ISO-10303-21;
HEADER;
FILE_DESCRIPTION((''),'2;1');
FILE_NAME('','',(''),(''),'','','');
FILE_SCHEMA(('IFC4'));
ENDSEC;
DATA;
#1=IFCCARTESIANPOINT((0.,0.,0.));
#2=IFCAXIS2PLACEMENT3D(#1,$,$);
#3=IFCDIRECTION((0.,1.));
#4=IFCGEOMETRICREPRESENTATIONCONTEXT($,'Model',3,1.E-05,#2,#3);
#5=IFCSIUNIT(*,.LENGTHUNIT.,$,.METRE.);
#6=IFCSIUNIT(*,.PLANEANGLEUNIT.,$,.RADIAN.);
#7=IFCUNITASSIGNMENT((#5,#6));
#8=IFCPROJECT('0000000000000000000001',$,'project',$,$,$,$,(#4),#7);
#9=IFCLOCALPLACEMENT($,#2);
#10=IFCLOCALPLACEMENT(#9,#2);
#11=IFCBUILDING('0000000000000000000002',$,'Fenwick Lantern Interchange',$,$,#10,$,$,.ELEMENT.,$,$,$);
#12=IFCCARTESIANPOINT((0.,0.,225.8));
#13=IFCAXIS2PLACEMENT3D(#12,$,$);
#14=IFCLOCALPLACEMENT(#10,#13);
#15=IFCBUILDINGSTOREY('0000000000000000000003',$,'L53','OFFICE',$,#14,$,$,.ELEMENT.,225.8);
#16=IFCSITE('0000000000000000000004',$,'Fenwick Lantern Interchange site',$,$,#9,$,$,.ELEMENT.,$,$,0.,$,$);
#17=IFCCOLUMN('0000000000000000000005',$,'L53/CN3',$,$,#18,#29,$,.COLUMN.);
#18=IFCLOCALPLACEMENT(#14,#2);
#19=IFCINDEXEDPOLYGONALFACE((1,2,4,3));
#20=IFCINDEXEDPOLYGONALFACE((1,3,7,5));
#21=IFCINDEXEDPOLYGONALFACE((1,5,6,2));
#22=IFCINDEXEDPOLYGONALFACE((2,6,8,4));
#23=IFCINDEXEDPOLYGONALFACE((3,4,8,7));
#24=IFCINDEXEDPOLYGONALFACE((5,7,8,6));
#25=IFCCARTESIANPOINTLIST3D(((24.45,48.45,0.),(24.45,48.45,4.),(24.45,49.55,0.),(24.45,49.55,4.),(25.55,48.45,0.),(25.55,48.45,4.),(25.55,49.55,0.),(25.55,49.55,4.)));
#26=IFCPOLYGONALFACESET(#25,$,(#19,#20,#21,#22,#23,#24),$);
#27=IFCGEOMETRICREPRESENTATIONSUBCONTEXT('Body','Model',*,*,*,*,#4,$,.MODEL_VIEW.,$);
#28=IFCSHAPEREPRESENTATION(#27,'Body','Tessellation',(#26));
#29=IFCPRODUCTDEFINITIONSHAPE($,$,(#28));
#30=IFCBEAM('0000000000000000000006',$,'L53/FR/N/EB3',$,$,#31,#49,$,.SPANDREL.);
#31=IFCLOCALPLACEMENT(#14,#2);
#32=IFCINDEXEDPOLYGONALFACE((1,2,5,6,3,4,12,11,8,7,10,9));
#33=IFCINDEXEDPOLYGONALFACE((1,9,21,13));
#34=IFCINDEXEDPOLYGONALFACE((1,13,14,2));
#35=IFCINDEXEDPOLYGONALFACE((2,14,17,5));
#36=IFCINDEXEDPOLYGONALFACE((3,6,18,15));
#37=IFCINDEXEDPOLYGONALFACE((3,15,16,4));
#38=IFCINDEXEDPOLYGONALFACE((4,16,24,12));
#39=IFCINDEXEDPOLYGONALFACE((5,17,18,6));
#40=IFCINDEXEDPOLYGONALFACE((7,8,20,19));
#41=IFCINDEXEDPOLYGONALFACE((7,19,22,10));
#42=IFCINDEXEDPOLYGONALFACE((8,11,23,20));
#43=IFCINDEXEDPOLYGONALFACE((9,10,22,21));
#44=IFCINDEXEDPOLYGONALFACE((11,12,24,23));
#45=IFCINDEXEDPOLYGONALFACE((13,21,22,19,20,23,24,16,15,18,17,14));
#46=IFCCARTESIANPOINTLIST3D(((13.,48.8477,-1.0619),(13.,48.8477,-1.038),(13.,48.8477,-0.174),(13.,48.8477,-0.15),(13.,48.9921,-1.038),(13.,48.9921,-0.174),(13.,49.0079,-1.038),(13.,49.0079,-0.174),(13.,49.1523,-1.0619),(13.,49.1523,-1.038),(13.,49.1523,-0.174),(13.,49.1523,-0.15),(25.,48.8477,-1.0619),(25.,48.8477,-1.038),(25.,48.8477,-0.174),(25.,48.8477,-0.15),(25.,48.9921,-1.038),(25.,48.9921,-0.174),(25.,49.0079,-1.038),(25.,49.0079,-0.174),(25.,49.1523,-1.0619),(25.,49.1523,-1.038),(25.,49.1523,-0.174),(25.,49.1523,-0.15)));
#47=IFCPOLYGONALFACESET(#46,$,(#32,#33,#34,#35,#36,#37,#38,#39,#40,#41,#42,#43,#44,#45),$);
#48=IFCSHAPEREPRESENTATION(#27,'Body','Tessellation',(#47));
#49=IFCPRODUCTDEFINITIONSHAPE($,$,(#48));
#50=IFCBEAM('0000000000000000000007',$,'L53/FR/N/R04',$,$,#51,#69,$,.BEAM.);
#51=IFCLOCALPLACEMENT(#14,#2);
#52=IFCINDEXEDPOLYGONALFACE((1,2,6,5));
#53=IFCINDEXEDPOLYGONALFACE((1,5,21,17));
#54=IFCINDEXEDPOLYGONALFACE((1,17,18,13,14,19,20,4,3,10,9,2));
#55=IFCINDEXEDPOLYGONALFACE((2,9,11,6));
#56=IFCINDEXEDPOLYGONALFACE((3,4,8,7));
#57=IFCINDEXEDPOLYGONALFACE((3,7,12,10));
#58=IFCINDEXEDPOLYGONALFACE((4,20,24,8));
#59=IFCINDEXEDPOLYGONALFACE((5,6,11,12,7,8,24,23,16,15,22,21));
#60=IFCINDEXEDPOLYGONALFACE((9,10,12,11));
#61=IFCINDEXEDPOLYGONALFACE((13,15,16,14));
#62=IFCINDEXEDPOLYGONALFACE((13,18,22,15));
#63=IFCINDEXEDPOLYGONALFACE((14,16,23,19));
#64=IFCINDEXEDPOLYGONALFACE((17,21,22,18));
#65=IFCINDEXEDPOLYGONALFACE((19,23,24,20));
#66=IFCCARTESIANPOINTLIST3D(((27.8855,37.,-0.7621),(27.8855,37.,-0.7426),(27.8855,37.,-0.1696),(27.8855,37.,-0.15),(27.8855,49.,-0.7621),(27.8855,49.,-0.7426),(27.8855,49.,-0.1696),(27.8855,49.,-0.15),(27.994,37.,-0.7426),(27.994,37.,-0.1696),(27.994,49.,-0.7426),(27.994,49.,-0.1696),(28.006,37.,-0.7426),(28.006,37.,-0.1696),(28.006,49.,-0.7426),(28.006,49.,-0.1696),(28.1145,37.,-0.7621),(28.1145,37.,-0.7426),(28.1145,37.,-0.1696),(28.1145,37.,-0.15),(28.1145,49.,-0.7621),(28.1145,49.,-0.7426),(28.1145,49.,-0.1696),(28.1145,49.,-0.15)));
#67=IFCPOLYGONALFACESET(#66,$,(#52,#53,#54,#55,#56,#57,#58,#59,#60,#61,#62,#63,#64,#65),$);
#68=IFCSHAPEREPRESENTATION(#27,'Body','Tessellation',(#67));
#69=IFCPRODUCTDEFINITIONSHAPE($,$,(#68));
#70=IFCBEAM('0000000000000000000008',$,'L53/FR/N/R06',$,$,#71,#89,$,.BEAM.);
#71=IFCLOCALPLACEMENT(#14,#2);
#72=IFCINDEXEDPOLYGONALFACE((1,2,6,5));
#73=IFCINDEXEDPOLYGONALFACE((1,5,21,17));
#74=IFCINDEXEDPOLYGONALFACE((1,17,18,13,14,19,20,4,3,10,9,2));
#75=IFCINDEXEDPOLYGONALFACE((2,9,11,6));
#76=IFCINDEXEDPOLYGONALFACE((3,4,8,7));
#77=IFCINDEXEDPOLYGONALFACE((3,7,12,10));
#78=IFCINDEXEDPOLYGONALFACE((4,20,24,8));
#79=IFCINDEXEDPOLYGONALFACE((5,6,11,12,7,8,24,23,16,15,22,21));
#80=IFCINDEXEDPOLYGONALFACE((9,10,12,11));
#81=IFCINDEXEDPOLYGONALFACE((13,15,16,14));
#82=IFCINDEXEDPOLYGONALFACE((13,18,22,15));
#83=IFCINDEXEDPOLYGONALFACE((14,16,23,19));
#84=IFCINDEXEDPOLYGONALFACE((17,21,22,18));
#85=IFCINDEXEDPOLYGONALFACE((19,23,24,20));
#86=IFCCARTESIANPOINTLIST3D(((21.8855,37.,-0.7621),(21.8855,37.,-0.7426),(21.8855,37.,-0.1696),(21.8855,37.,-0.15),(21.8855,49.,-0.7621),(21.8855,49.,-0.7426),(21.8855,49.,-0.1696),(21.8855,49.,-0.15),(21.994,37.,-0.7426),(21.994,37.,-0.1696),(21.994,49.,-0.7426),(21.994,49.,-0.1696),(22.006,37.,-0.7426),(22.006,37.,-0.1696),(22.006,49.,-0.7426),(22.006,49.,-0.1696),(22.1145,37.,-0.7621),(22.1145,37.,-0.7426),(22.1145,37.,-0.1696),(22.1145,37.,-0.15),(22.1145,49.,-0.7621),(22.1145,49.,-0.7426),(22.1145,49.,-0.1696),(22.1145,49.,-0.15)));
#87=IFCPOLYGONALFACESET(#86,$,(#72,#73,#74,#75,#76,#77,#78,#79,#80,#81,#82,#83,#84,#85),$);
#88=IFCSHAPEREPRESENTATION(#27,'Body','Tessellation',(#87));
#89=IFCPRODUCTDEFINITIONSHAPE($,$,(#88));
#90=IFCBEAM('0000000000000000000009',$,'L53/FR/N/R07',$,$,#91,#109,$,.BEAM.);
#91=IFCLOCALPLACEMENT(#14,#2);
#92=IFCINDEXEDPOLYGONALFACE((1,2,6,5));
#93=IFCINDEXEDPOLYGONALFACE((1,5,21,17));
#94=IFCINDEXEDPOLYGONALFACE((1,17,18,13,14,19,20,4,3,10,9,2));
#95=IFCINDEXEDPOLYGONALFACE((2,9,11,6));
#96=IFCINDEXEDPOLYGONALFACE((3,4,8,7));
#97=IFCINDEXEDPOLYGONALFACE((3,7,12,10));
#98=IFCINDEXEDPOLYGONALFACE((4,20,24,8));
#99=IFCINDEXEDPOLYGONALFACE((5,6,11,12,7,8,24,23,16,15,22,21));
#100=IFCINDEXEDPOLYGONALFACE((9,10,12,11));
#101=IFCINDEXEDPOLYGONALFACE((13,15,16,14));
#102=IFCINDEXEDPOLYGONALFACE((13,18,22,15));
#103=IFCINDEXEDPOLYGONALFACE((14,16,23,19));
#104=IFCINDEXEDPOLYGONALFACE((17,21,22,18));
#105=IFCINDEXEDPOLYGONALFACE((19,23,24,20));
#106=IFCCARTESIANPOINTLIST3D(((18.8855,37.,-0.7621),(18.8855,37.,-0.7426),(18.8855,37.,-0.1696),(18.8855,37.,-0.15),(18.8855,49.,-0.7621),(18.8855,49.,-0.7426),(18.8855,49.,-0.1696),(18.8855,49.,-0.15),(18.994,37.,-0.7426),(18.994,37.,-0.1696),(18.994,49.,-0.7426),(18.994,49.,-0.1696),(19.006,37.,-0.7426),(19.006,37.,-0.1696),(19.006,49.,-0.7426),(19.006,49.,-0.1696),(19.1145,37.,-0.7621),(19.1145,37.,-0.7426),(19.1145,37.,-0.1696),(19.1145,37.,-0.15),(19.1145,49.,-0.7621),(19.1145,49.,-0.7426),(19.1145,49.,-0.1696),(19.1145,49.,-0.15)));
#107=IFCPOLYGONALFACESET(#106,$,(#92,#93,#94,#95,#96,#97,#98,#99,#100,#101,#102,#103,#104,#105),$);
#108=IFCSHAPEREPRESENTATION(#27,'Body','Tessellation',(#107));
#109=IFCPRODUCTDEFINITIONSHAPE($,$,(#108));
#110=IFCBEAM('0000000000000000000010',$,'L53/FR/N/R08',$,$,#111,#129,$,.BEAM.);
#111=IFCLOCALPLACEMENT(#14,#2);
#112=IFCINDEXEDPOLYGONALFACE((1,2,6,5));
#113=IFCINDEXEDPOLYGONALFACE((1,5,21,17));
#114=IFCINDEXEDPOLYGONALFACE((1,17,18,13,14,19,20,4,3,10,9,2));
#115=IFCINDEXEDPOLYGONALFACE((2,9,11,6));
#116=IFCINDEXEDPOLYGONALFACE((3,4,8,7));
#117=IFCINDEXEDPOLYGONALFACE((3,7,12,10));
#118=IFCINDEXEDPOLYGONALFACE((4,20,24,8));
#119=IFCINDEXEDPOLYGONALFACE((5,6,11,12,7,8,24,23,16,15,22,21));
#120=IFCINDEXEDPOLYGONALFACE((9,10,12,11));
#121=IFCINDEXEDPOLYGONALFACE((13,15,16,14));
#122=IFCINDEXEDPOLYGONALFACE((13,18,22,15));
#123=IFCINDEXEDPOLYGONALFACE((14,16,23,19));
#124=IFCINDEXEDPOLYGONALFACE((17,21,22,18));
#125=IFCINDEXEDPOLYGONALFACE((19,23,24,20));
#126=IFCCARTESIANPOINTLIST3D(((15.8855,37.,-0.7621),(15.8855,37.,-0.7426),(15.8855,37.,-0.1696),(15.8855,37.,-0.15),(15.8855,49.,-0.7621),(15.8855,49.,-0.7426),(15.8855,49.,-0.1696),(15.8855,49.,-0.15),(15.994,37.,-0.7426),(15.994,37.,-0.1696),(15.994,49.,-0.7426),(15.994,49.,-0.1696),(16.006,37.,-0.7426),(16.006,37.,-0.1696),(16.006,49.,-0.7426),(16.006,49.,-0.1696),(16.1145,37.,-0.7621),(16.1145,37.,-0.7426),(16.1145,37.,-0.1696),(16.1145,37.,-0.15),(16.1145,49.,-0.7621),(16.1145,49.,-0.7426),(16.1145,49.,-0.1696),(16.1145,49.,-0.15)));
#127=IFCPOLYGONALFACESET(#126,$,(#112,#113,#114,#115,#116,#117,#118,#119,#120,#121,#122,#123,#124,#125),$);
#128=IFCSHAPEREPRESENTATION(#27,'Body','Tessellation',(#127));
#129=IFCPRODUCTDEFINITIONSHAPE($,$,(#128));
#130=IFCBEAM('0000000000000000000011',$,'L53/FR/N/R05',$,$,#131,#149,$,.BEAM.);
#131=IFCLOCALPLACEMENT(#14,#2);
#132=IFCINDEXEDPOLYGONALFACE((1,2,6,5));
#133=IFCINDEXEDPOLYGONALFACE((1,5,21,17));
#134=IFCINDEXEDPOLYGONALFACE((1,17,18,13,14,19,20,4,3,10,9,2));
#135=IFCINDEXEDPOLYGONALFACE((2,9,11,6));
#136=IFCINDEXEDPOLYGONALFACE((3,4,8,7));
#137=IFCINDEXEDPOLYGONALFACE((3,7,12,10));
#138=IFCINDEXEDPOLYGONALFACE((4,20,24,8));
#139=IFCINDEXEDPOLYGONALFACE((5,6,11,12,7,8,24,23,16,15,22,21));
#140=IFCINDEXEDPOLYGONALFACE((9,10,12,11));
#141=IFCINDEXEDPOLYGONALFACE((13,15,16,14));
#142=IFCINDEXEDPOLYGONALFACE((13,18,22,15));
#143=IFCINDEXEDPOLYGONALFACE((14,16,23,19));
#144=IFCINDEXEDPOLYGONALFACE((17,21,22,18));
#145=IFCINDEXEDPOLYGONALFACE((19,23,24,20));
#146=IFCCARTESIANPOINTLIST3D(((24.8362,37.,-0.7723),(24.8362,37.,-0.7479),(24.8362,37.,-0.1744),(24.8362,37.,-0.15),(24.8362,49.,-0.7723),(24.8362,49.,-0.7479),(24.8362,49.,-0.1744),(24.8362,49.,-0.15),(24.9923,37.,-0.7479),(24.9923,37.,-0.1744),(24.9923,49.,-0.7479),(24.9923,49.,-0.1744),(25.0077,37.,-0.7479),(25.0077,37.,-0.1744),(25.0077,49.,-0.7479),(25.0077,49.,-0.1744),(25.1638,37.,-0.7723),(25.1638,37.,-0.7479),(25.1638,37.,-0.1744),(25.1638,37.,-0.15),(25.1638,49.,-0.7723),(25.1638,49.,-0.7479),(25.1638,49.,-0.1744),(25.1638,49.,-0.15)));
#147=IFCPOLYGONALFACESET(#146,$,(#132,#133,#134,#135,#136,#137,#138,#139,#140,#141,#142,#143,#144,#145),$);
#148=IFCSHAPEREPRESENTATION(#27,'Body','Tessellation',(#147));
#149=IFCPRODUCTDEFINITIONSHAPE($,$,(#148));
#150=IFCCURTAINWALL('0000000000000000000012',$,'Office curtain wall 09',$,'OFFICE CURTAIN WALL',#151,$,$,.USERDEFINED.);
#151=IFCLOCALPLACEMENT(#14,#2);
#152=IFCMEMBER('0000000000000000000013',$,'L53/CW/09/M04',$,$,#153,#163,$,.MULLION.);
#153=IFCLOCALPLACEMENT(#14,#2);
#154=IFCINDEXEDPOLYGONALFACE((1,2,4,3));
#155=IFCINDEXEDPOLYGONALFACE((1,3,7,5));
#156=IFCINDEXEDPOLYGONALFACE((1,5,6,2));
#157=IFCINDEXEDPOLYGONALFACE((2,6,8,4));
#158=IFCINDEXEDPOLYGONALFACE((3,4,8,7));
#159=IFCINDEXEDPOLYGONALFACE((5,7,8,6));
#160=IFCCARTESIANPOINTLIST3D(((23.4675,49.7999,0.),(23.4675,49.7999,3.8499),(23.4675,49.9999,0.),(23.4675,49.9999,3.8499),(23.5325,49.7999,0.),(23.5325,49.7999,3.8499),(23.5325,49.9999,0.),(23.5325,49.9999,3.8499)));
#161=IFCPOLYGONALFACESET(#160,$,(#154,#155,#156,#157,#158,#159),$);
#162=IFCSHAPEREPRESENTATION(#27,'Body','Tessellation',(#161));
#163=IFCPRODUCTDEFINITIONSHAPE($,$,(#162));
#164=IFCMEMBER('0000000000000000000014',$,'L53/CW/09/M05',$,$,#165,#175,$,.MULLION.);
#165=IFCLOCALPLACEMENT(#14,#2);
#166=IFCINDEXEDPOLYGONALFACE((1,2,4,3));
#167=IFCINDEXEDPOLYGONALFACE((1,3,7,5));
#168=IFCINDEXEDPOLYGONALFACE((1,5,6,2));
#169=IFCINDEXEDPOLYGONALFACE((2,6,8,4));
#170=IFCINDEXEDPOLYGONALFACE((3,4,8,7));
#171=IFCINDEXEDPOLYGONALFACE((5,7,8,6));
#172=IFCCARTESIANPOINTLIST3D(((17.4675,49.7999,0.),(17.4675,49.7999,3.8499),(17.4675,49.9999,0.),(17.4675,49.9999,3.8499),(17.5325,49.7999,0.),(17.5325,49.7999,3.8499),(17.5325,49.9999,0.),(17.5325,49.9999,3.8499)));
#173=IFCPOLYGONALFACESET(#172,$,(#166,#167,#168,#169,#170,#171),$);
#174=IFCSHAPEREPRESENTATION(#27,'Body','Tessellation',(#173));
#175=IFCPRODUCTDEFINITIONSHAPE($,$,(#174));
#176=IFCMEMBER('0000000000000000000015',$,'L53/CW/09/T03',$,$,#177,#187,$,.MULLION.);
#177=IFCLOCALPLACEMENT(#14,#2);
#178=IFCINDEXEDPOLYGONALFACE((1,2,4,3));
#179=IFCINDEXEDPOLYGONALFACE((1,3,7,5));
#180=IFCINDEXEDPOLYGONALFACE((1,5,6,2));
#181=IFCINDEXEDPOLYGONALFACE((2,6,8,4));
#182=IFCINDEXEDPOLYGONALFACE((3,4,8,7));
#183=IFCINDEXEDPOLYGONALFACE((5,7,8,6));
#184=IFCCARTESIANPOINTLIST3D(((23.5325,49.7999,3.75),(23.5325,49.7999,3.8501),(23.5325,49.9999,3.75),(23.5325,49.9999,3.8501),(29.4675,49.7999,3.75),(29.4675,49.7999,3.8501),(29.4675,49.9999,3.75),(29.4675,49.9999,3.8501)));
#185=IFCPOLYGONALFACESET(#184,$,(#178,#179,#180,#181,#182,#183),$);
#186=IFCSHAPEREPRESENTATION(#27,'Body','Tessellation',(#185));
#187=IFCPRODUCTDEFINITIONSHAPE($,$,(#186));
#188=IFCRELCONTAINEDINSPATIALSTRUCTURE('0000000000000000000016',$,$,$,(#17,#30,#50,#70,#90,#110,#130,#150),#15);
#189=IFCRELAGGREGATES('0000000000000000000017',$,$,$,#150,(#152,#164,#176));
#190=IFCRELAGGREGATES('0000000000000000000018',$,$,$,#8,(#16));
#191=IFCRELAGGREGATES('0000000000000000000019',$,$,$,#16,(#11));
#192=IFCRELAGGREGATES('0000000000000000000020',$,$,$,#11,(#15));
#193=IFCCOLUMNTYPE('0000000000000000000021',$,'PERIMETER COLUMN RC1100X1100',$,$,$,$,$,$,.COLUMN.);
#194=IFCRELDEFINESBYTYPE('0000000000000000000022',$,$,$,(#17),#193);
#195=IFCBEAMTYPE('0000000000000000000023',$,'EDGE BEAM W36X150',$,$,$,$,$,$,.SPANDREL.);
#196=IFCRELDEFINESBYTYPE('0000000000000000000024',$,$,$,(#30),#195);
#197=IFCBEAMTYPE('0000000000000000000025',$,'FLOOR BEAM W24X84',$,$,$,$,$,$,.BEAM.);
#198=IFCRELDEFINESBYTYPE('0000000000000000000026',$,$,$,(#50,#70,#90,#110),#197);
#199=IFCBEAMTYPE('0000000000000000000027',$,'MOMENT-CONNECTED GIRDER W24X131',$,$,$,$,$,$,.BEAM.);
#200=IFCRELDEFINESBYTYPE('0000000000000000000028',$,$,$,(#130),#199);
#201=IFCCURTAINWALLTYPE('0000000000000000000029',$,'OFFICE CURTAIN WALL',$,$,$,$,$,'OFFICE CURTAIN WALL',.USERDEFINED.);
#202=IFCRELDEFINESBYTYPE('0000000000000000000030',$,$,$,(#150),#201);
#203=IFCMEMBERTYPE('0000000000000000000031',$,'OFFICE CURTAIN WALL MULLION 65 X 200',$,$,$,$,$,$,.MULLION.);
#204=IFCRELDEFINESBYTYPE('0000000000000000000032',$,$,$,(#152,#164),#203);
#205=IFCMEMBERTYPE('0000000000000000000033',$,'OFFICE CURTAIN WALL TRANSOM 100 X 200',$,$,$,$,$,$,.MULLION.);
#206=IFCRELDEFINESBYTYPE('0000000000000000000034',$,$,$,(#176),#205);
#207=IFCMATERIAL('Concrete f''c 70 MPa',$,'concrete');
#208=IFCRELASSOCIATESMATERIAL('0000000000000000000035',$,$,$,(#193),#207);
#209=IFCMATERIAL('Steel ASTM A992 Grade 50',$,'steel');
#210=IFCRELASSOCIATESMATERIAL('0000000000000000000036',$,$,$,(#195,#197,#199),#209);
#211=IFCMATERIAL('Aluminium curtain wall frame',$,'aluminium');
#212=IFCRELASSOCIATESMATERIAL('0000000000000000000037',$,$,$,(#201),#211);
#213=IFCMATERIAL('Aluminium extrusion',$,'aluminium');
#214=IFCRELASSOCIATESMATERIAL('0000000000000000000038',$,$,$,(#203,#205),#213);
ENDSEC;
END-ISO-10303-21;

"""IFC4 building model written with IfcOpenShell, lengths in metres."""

from ifc_helpers import new_model, si_unit, direction, frame, origin, origin_2d, place, context, subcontext, project, spatial, rectangle, i_section, extrude, material, material_profile, profile_set, type_object, element, aggregate, save


model = new_model("IFC4")

# Units and contexts
model_context = context("Model", 3, precision=1e-05, world=origin(), true_north=direction((0.0, 1.0)))
body_context = subcontext(model_context, "Body", "Model", "MODEL_VIEW")
ifc_project = project(units=[si_unit("LENGTHUNIT", "METRE"), si_unit("PLANEANGLEUNIT", "RADIAN")], contexts=[model_context])

# Site, building, storey
site_placement = place(None, origin())
site = spatial("IfcSite", under=ifc_project, at=site_placement, Name="Fenwick Lantern Interchange site", CompositionType="ELEMENT", RefElevation=0.0)
building_placement = place(site_placement, origin())
building = spatial("IfcBuilding", under=site, at=building_placement, Name="Fenwick Lantern Interchange", CompositionType="ELEMENT")
storey_placement = place(building_placement, frame((0.0, 0.0, 225.8)))
storey = spatial("IfcBuildingStorey", under=building, at=storey_placement, Name="L53", Description="OFFICE", CompositionType="ELEMENT", Elevation=225.8)

# Column
ifc_material_1 = material(Name="Concrete f'c 70 MPa", Category="concrete")
ifc_material_profile_1 = material_profile(ifc_material_1, rectangle(XDim=1.1001, YDim=1.1001, at=origin_2d()), Name="RC1100X1100")
ifc_profile_set_1 = profile_set([ifc_material_profile_1], Name="Concrete f'c 70 MPa")
column_type = type_object("IfcColumnType", Name="PERIMETER COLUMN RC1100X1100", PredefinedType="COLUMN", material=ifc_profile_set_1)
column_placement = place(storey_placement, frame((25.0, 49.0, 0.0), z_axis=(0.0, 0.0, 1.0), x_axis=(1.0, 0.0, 0.0)))
element("IfcColumn", 1, at=column_placement, inside=storey, type_object=column_type, Name="L53/CN3", PredefinedType="COLUMN", context=body_context, shape_type="SweptSolid", body=[
    extrude(rectangle(XDim=1.1001, YDim=1.1001, at=origin_2d()), origin(), (0.0, 0.0, 1.0), 4.0),
])

# Beams
ifc_material_2 = material(Name="Steel ASTM A992 Grade 50", Category="steel")
ifc_material_profile_2 = material_profile(ifc_material_2, i_section(OverallWidth=0.3047, OverallDepth=0.9119, WebThickness=0.0159, FlangeThickness=0.0239, at=origin_2d()), Name="W36X150")
ifc_profile_set_2 = profile_set([ifc_material_profile_2], Name="Steel ASTM A992 Grade 50")
beam_type_1 = type_object("IfcBeamType", Name="EDGE BEAM W36X150", PredefinedType="SPANDREL", material=ifc_profile_set_2)
beam_1_placement = place(storey_placement, frame((25.0, 49.0, -0.606), z_axis=(-1.0, 0.0, 0.0), x_axis=(0.0, -1.0, 0.0)))
element("IfcBeam", 2, at=beam_1_placement, inside=storey, type_object=beam_type_1, Name="L53/FR/N/EB3", PredefinedType="SPANDREL", context=body_context, shape_type="SweptSolid", body=[
    extrude(i_section(OverallWidth=0.3047, OverallDepth=0.9119, WebThickness=0.0159, FlangeThickness=0.0239, at=origin_2d()), origin(), (0.0, 0.0, 1.0), 12.0),
])
ifc_material_profile_3 = material_profile(ifc_material_2, i_section(OverallWidth=0.229, OverallDepth=0.6121, WebThickness=0.012, FlangeThickness=0.0195, at=origin_2d()), Name="W24X84")
ifc_profile_set_3 = profile_set([ifc_material_profile_3], Name="Steel ASTM A992 Grade 50")
beam_type_2 = type_object("IfcBeamType", Name="FLOOR BEAM W24X84", PredefinedType="BEAM", material=ifc_profile_set_3)
for number, where, z_axis, x_axis, name in (
    (3, (28.0, 49.0, -0.4561), (0.0, -1.0, 0.0), (1.0, 0.0, 0.0), "L53/FR/N/R04"),
    (4, (22.0, 49.0, -0.4561), (0.0, -1.0, 0.0), (1.0, 0.0, 0.0), "L53/FR/N/R06"),
    (5, (19.0, 49.0, -0.4561), (0.0, -1.0, 0.0), (1.0, 0.0, 0.0), "L53/FR/N/R07"),
    (6, (16.0, 49.0, -0.4561), (0.0, -1.0, 0.0), (1.0, 0.0, 0.0), "L53/FR/N/R08"),
):
    element("IfcBeam", number, at=place(storey_placement, frame(where, z_axis=z_axis, x_axis=x_axis)), inside=storey, type_object=beam_type_2, Name=name, PredefinedType="BEAM", context=body_context, shape_type="SweptSolid", body=[
        extrude(i_section(OverallWidth=0.229, OverallDepth=0.6121, WebThickness=0.012, FlangeThickness=0.0195, at=origin_2d()), origin(), (0.0, 0.0, 1.0), 12.0),
    ])
ifc_material_profile_4 = material_profile(ifc_material_2, i_section(OverallWidth=0.3276, OverallDepth=0.6223, WebThickness=0.0154, FlangeThickness=0.0244, at=origin_2d()), Name="W24X131")
ifc_profile_set_4 = profile_set([ifc_material_profile_4], Name="Steel ASTM A992 Grade 50")
beam_type_3 = type_object("IfcBeamType", Name="MOMENT-CONNECTED GIRDER W24X131", PredefinedType="BEAM", material=ifc_profile_set_4)
beam_2_placement = place(storey_placement, frame((25.0, 49.0, -0.4612), z_axis=(0.0, -1.0, 0.0), x_axis=(1.0, 0.0, 0.0)))
element("IfcBeam", 7, at=beam_2_placement, inside=storey, type_object=beam_type_3, Name="L53/FR/N/R05", PredefinedType="BEAM", context=body_context, shape_type="SweptSolid", body=[
    extrude(i_section(OverallWidth=0.3276, OverallDepth=0.6223, WebThickness=0.0154, FlangeThickness=0.0244, at=origin_2d()), origin(), (0.0, 0.0, 1.0), 12.0),
])

# Curtain wall, members
ifc_material_3 = material(Name="Aluminium curtain wall frame", Category="aluminium")
curtain_wall_type = type_object("IfcCurtainWallType", Name="OFFICE CURTAIN WALL", ElementType="OFFICE CURTAIN WALL", PredefinedType="USERDEFINED", material=ifc_material_3)
curtain_wall_placement = place(storey_placement, origin())
curtain_wall = element("IfcCurtainWall", 8, at=curtain_wall_placement, inside=storey, type_object=curtain_wall_type, Name="Office curtain wall 09", ObjectType="OFFICE CURTAIN WALL", PredefinedType="USERDEFINED")
ifc_material_4 = material(Name="Aluminium extrusion", Category="aluminium")
ifc_material_profile_5 = material_profile(ifc_material_4, rectangle(XDim=0.2, YDim=0.0649, at=origin_2d()), Name="OFFICE CURTAIN WALL MULLION 65 X 200")
ifc_profile_set_5 = profile_set([ifc_material_profile_5], Name="Aluminium extrusion")
member_type_1 = type_object("IfcMemberType", Name="OFFICE CURTAIN WALL MULLION 65 X 200", PredefinedType="MULLION", material=ifc_profile_set_5)
member_1_placement = place(storey_placement, frame((23.5, 49.8999, 0.0), z_axis=(0.0, 0.0, 1.0), x_axis=(0.0, -1.0, 0.0)))
member_1 = element("IfcMember", 9, at=member_1_placement, type_object=member_type_1, Name="L53/CW/09/M04", PredefinedType="MULLION", context=body_context, shape_type="SweptSolid", body=[
    extrude(rectangle(XDim=0.2, YDim=0.0649, at=origin_2d()), origin(), (0.0, 0.0, 1.0), 3.8499),
])
member_2_placement = place(storey_placement, frame((17.5, 49.8999, 0.0), z_axis=(0.0, 0.0, 1.0), x_axis=(0.0, -1.0, 0.0)))
member_2 = element("IfcMember", 10, at=member_2_placement, type_object=member_type_1, Name="L53/CW/09/M05", PredefinedType="MULLION", context=body_context, shape_type="SweptSolid", body=[
    extrude(rectangle(XDim=0.2, YDim=0.0649, at=origin_2d()), origin(), (0.0, 0.0, 1.0), 3.8499),
])
ifc_material_profile_6 = material_profile(ifc_material_4, rectangle(XDim=0.2, YDim=0.1001, at=origin_2d()), Name="OFFICE CURTAIN WALL TRANSOM 100 X 200")
ifc_profile_set_6 = profile_set([ifc_material_profile_6], Name="Aluminium extrusion")
member_type_2 = type_object("IfcMemberType", Name="OFFICE CURTAIN WALL TRANSOM 100 X 200", PredefinedType="MULLION", material=ifc_profile_set_6)
member_3_placement = place(storey_placement, frame((29.4675, 49.8999, 3.8), z_axis=(-1.0, 0.0, 0.0), x_axis=(0.0, -1.0, 0.0)))
member_3 = element("IfcMember", 11, at=member_3_placement, type_object=member_type_2, Name="L53/CW/09/T03", PredefinedType="MULLION", context=body_context, shape_type="SweptSolid", body=[
    extrude(rectangle(XDim=0.2, YDim=0.1001, at=origin_2d()), origin(), (0.0, 0.0, 1.0), 5.9351),
])
aggregate(curtain_wall, [member_1, member_2, member_3])

save(model, "model.ifc")
